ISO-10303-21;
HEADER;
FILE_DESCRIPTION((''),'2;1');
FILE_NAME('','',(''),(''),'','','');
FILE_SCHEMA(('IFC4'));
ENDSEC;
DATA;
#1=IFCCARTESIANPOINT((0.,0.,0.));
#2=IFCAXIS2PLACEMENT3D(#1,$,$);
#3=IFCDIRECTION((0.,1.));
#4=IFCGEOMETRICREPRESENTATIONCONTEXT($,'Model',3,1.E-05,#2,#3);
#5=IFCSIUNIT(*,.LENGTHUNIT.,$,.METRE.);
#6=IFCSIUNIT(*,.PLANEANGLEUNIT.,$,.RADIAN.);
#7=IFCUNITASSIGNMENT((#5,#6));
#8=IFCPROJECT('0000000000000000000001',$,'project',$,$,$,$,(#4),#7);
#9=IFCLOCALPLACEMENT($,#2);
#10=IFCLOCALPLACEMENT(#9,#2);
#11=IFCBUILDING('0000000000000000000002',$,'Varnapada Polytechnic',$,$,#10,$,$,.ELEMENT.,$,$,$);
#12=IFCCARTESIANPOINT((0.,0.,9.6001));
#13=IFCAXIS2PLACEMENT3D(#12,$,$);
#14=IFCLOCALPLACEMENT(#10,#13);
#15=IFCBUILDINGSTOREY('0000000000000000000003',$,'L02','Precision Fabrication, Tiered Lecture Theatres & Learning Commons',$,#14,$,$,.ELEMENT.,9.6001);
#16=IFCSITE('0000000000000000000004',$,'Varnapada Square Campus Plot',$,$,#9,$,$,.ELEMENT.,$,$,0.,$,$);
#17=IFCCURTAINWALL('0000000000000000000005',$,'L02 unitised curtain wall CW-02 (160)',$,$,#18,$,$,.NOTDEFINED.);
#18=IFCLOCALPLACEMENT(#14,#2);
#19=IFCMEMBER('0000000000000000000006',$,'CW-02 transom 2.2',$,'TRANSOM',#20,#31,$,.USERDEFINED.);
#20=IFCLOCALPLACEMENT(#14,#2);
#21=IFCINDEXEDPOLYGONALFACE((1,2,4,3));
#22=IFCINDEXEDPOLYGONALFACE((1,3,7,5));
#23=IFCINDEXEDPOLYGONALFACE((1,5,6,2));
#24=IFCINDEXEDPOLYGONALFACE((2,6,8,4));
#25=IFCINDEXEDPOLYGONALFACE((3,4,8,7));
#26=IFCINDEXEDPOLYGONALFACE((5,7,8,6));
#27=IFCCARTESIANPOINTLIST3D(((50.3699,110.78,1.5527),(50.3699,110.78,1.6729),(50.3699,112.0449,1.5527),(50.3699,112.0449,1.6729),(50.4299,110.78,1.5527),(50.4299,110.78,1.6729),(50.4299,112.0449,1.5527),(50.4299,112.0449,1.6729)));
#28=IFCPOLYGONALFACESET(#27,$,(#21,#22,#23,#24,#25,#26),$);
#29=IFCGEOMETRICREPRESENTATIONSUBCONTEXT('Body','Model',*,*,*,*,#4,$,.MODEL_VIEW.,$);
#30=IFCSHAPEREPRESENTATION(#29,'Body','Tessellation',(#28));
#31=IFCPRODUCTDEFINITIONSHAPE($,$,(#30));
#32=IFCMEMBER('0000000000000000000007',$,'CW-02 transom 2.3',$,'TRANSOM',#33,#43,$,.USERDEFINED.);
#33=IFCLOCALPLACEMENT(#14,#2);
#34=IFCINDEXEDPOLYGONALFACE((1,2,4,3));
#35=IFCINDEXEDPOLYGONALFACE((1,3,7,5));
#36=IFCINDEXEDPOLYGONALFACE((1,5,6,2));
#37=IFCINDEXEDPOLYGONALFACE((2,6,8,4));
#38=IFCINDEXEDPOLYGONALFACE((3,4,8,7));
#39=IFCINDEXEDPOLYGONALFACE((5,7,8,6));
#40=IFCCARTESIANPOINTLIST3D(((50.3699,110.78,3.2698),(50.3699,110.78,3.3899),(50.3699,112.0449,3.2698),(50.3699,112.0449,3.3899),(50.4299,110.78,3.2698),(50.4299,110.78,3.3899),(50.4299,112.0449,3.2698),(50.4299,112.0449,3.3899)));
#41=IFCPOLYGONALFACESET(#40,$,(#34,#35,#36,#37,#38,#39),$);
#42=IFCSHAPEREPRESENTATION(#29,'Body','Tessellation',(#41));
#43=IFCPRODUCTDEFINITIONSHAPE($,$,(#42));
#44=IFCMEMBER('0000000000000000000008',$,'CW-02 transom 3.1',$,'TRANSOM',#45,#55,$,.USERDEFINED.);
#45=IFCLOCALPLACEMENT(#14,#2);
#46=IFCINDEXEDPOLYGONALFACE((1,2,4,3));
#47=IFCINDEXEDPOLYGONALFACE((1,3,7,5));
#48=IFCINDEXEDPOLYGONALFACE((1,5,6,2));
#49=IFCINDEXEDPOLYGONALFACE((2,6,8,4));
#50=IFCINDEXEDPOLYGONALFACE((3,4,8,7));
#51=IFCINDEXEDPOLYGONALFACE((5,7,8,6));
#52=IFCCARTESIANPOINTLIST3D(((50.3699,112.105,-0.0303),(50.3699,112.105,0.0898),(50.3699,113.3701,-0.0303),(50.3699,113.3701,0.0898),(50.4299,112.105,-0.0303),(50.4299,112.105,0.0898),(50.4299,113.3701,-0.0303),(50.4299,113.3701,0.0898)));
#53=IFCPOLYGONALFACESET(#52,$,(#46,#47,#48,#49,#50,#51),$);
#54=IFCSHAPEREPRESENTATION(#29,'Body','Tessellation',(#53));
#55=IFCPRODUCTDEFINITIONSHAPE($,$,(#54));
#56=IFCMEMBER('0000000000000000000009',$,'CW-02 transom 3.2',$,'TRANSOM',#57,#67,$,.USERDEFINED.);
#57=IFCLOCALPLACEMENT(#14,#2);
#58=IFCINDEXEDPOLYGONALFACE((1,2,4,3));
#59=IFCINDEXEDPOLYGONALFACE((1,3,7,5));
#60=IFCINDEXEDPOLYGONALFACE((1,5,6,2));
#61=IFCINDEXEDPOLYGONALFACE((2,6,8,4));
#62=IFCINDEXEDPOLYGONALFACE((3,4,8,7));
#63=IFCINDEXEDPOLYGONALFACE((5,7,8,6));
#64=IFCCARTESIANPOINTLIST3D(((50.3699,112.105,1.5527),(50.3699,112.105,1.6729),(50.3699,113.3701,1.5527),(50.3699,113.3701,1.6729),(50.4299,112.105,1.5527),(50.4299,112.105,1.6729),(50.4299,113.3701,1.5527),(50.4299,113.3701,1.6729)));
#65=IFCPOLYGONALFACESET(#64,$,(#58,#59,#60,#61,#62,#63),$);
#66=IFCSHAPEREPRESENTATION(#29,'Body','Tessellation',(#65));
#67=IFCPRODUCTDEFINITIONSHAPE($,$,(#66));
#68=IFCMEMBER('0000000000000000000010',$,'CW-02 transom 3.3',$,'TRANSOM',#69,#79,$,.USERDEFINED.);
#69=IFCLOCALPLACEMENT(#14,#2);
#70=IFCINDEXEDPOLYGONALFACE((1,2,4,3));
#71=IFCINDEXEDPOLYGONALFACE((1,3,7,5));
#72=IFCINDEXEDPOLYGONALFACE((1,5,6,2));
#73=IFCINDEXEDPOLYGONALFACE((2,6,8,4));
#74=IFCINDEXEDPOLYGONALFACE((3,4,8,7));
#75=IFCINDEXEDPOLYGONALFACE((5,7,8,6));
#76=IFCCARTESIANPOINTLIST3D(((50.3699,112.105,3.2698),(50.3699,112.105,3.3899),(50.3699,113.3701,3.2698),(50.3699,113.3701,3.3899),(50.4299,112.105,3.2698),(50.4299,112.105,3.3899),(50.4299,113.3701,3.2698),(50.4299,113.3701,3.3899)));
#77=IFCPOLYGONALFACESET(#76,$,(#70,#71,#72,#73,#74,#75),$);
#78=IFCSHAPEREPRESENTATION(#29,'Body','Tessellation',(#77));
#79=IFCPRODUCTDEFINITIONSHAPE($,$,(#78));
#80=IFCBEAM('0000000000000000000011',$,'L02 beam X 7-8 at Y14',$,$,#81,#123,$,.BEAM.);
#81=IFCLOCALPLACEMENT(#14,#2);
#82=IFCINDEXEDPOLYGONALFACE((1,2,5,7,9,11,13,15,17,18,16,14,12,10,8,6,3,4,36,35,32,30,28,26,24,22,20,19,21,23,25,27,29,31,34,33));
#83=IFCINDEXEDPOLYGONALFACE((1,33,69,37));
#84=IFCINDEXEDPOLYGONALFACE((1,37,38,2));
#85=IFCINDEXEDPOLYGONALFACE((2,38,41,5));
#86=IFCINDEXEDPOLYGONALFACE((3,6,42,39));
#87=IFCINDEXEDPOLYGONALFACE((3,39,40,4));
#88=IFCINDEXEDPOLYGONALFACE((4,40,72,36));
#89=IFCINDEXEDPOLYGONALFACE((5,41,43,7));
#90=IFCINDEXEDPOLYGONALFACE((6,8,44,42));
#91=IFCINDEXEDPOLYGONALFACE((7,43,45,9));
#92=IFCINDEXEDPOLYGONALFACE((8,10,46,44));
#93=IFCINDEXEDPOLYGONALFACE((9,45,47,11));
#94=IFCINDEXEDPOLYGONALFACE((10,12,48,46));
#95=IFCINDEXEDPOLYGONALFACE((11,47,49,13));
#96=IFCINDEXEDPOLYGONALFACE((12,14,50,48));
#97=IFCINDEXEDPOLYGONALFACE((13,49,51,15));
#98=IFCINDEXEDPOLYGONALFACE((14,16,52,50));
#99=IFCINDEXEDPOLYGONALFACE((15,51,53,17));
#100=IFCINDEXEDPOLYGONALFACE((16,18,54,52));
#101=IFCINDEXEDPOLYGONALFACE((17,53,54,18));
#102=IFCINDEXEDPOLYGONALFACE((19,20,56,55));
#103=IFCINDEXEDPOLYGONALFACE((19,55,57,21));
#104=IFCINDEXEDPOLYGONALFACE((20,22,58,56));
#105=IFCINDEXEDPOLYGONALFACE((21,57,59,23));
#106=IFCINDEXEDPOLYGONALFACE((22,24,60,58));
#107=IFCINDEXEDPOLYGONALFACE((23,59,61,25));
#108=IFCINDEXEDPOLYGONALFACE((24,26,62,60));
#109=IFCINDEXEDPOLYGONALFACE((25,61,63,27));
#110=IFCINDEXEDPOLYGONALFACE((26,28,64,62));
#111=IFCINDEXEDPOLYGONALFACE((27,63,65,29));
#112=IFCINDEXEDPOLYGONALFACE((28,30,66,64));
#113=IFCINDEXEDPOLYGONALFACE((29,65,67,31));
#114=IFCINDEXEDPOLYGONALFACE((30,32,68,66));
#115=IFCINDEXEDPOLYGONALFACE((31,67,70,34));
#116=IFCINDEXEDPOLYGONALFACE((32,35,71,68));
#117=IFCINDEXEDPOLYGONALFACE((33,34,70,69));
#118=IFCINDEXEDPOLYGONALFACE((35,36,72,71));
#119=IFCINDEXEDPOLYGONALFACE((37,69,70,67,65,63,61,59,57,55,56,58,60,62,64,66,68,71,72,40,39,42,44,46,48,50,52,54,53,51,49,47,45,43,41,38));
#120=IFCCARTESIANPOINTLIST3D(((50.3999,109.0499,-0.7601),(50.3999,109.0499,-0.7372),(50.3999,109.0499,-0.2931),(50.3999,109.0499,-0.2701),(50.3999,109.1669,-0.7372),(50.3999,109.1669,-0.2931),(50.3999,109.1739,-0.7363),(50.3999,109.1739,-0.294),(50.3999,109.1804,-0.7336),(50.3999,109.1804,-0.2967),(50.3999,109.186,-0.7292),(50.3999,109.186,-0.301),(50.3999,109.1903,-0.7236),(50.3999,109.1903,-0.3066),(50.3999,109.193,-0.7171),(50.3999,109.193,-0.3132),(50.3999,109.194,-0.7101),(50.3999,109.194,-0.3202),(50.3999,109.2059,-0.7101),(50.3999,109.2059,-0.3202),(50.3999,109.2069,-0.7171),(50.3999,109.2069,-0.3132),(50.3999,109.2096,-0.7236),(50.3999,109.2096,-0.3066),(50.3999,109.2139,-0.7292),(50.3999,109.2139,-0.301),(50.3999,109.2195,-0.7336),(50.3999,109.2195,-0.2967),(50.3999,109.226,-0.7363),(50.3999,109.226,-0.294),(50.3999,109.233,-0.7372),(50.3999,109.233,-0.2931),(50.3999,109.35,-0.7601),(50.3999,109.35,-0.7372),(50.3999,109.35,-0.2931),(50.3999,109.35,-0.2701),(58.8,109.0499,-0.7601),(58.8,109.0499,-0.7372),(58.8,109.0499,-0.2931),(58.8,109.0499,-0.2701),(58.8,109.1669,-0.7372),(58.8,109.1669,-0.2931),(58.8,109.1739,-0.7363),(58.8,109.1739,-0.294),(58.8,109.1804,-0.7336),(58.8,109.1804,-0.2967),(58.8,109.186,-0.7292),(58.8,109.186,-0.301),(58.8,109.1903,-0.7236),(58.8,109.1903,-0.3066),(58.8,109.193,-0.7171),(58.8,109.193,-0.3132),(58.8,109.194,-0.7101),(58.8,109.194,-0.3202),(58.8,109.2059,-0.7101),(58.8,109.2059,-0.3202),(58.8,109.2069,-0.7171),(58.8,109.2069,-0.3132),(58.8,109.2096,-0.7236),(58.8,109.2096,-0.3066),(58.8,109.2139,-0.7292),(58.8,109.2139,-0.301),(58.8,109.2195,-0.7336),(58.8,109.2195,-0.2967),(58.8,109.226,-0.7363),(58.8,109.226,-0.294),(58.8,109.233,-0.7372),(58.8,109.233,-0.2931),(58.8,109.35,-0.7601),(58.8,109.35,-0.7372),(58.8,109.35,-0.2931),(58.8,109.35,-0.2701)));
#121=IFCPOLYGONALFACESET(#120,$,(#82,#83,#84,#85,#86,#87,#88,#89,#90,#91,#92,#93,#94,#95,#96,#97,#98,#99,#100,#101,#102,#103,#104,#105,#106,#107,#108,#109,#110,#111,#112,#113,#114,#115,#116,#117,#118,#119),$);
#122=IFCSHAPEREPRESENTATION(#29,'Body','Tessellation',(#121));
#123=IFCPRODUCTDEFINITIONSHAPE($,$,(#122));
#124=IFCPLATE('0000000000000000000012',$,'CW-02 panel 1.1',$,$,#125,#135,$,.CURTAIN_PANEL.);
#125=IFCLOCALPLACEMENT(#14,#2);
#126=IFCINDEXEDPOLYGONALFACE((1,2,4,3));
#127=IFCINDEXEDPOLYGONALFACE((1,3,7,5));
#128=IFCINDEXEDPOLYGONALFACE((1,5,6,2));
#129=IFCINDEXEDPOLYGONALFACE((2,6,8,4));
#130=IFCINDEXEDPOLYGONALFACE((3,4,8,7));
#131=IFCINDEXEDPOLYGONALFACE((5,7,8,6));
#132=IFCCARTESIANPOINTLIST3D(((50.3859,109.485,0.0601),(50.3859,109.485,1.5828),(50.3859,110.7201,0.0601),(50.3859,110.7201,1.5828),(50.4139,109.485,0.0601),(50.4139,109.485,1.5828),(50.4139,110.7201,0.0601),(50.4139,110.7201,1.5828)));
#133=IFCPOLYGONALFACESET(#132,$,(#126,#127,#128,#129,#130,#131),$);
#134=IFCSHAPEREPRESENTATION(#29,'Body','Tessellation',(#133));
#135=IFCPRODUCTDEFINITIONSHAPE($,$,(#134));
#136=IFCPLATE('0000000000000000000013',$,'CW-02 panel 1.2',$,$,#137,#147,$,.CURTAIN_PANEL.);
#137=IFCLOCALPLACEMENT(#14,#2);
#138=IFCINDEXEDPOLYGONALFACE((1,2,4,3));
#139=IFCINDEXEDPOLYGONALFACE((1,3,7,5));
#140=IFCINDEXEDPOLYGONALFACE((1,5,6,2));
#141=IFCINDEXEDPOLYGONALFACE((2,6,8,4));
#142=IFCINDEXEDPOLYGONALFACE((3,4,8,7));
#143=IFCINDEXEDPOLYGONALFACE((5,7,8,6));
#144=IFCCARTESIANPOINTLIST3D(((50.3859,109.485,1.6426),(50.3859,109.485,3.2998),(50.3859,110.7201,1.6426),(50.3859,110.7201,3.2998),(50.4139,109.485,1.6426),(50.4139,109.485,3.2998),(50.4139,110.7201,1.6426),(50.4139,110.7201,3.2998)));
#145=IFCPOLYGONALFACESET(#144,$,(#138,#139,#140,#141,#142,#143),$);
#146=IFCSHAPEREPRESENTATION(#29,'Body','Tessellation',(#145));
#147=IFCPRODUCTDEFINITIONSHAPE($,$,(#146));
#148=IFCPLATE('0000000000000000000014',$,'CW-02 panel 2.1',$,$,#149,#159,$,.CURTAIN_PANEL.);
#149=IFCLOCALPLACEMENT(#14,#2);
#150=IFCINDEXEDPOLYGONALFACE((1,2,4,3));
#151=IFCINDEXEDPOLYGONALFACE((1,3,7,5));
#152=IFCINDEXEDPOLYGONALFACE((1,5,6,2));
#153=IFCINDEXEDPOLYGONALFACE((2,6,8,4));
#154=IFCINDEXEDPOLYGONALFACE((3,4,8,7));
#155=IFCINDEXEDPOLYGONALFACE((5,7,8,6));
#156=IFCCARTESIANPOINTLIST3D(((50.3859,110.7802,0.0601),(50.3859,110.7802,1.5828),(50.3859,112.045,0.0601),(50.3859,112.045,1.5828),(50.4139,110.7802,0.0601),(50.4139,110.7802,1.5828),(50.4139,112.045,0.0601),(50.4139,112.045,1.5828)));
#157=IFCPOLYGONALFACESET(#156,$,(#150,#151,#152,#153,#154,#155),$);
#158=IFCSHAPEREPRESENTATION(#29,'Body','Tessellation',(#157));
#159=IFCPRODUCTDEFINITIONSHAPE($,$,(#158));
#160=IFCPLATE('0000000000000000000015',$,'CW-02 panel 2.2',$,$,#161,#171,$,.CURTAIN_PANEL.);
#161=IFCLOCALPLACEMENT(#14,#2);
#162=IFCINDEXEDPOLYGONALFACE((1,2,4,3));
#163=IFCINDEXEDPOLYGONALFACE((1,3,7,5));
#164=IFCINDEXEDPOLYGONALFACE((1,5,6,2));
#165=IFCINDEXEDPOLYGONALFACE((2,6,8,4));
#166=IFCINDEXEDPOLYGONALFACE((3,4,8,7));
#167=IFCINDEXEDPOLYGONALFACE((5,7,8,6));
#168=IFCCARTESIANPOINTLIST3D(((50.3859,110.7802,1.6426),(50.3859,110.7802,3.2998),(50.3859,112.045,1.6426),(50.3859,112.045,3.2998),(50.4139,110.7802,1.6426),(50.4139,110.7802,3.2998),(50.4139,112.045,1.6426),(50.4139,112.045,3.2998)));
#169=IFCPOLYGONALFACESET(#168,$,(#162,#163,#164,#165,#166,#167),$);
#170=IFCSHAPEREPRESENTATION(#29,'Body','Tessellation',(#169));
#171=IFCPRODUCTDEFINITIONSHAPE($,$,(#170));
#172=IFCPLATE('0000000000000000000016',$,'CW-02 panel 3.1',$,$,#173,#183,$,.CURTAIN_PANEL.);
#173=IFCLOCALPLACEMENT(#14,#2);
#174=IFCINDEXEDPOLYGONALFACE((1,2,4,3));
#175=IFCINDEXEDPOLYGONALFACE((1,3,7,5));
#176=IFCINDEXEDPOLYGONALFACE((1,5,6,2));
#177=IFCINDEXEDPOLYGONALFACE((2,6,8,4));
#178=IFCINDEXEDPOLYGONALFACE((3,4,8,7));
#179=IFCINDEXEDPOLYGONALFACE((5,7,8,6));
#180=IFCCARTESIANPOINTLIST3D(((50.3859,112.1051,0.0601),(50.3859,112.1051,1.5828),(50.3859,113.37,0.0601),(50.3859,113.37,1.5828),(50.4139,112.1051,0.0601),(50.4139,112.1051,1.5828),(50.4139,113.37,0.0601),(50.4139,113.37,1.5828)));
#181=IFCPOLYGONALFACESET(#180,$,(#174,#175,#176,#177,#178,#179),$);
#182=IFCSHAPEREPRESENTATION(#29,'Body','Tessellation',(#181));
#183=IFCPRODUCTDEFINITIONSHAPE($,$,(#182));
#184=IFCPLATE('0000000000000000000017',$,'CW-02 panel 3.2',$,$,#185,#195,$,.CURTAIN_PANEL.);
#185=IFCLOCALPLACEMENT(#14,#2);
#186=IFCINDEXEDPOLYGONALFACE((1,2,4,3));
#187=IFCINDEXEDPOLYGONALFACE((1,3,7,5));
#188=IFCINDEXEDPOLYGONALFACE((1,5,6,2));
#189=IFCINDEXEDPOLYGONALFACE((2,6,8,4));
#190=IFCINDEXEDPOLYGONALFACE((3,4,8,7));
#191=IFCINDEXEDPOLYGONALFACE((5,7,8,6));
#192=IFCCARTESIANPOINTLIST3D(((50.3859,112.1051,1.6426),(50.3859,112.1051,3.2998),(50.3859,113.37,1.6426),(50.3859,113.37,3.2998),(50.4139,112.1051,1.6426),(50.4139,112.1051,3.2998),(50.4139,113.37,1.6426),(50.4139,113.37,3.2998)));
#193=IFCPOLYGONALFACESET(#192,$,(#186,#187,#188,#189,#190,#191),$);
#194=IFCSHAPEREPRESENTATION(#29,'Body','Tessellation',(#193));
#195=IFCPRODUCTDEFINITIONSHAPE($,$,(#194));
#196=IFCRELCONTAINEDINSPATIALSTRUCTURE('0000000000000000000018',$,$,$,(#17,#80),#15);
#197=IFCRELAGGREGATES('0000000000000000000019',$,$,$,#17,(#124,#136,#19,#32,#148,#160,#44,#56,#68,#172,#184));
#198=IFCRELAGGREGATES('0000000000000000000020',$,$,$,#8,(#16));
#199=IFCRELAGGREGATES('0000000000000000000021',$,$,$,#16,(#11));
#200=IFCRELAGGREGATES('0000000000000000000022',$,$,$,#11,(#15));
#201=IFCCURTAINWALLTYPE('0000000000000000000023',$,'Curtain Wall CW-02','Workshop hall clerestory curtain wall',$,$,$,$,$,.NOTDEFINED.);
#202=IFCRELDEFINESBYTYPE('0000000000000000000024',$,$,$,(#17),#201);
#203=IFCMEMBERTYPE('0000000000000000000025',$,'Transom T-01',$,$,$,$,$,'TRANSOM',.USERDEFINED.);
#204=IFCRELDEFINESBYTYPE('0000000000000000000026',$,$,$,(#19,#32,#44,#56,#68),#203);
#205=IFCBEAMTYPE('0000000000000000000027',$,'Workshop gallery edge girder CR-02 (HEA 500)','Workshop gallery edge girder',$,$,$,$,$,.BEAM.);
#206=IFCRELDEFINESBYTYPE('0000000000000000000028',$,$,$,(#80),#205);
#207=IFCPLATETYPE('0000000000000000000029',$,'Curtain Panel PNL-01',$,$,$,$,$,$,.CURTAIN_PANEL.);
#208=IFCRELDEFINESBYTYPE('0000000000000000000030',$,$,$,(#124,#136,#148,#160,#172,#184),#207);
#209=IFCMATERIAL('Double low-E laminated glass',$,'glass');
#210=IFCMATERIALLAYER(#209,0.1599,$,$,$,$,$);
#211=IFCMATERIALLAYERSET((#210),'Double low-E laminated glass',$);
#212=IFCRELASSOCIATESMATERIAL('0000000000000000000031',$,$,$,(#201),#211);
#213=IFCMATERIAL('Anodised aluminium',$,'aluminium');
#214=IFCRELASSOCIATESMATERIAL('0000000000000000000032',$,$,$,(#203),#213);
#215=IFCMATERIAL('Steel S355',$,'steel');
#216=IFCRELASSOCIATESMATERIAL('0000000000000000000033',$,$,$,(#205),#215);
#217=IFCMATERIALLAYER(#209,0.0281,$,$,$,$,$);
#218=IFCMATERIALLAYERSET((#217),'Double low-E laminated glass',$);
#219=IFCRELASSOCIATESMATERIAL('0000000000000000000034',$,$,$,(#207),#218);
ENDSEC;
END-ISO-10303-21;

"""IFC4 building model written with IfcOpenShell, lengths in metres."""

from ifc_helpers import new_model, si_unit, direction, frame, origin, origin_2d, place, context, subcontext, project, spatial, rectangle, i_section, extrude, material, layer, layer_set, material_profile, profile_set, type_object, element, aggregate, save


model = new_model("IFC4")

# Units and contexts
model_context = context("Model", 3, precision=1e-05, world=origin(), true_north=direction((0.0, 1.0)))
body_context = subcontext(model_context, "Body", "Model", "MODEL_VIEW")
ifc_project = project(units=[si_unit("LENGTHUNIT", "METRE"), si_unit("PLANEANGLEUNIT", "RADIAN")], contexts=[model_context])

# Site, building, storey
site_placement = place(None, origin())
site = spatial("IfcSite", under=ifc_project, at=site_placement, Name="Varnapada Square Campus Plot", CompositionType="ELEMENT", RefElevation=0.0)
building_placement = place(site_placement, origin())
building = spatial("IfcBuilding", under=site, at=building_placement, Name="Varnapada Polytechnic", CompositionType="ELEMENT")
storey_placement = place(building_placement, frame((0.0, 0.0, 9.6001)))
storey = spatial("IfcBuildingStorey", under=building, at=storey_placement, Name="L02", Description="Precision Fabrication, Tiered Lecture Theatres & Learning Commons", CompositionType="ELEMENT", Elevation=9.6001)

# Shared definitions
ifc_material_1 = material(Name="Steel S355", Category="steel")

# Curtain wall
ifc_material_2 = material(Name="Double low-E laminated glass", Category="glass")
ifc_layer_1 = layer(ifc_material_2, 0.1599)
ifc_layer_set_1 = layer_set([ifc_layer_1], Name="Double low-E laminated glass")
curtain_wall_type = type_object("IfcCurtainWallType", Name="Curtain Wall CW-02", Description="Workshop hall clerestory curtain wall", PredefinedType="NOTDEFINED", material=ifc_layer_set_1)
curtain_wall_placement = place(storey_placement, origin())
curtain_wall = element("IfcCurtainWall", 1, at=curtain_wall_placement, inside=storey, type_object=curtain_wall_type, Name="L02 unitised curtain wall CW-02 (160)", PredefinedType="NOTDEFINED")
ifc_material_3 = material(Name="Anodised aluminium", Category="aluminium")

# Members
ifc_material_profile_1 = material_profile(ifc_material_3, rectangle(XDim=0.0601, YDim=0.1201, at=origin_2d()), Name="ALU T60x120")
ifc_profile_set_1 = profile_set([ifc_material_profile_1], Name="Anodised aluminium")
member_type_1 = type_object("IfcMemberType", Name="Transom T-01", ElementType="TRANSOM", PredefinedType="USERDEFINED", material=ifc_profile_set_1)
member_1_placement = place(storey_placement, frame((50.3999, 110.78, 1.6128), z_axis=(0.0, 1.0, 0.0), x_axis=(-1.0, 0.0, 0.0)))
member_1 = element("IfcMember", 2, at=member_1_placement, type_object=member_type_1, Name="CW-02 transom 2.2", ObjectType="TRANSOM", PredefinedType="USERDEFINED", context=body_context, shape_type="SweptSolid", body=[
    extrude(rectangle(XDim=0.0601, YDim=0.1201, at=origin_2d()), origin(), (0.0, 0.0, 1.0), 1.2649),
])
member_2_placement = place(storey_placement, frame((50.3999, 110.78, 3.3298), z_axis=(0.0, 1.0, 0.0), x_axis=(-1.0, 0.0, 0.0)))
member_2 = element("IfcMember", 3, at=member_2_placement, type_object=member_type_1, Name="CW-02 transom 2.3", ObjectType="TRANSOM", PredefinedType="USERDEFINED", context=body_context, shape_type="SweptSolid", body=[
    extrude(rectangle(XDim=0.0601, YDim=0.1201, at=origin_2d()), origin(), (0.0, 0.0, 1.0), 1.2649),
])
member_3_placement = place(storey_placement, frame((50.3999, 112.105, 0.0298), z_axis=(0.0, 1.0, 0.0), x_axis=(-1.0, 0.0, 0.0)))
member_3 = element("IfcMember", 4, at=member_3_placement, type_object=member_type_1, Name="CW-02 transom 3.1", ObjectType="TRANSOM", PredefinedType="USERDEFINED", context=body_context, shape_type="SweptSolid", body=[
    extrude(rectangle(XDim=0.0601, YDim=0.1201, at=origin_2d()), origin(), (0.0, 0.0, 1.0), 1.2651),
])
member_4_placement = place(storey_placement, frame((50.3999, 112.105, 1.6128), z_axis=(0.0, 1.0, 0.0), x_axis=(-1.0, 0.0, 0.0)))
member_4 = element("IfcMember", 5, at=member_4_placement, type_object=member_type_1, Name="CW-02 transom 3.2", ObjectType="TRANSOM", PredefinedType="USERDEFINED", context=body_context, shape_type="SweptSolid", body=[
    extrude(rectangle(XDim=0.0601, YDim=0.1201, at=origin_2d()), origin(), (0.0, 0.0, 1.0), 1.2651),
])
member_5_placement = place(storey_placement, frame((50.3999, 112.105, 3.3298), z_axis=(0.0, 1.0, 0.0), x_axis=(-1.0, 0.0, 0.0)))
member_5 = element("IfcMember", 6, at=member_5_placement, type_object=member_type_1, Name="CW-02 transom 3.3", ObjectType="TRANSOM", PredefinedType="USERDEFINED", context=body_context, shape_type="SweptSolid", body=[
    extrude(rectangle(XDim=0.0601, YDim=0.1201, at=origin_2d()), origin(), (0.0, 0.0, 1.0), 1.2651),
])

# Beam
ifc_material_profile_2 = material_profile(ifc_material_1, i_section(OverallWidth=0.3, OverallDepth=0.49, WebThickness=0.012, FlangeThickness=0.0229, FilletRadius=0.0271, at=origin_2d()), Name="HEA 500")
ifc_profile_set_2 = profile_set([ifc_material_profile_2], Name="Steel S355")
beam_type_1 = type_object("IfcBeamType", Name="Workshop gallery edge girder CR-02 (HEA 500)", Description="Workshop gallery edge girder", PredefinedType="BEAM", material=ifc_profile_set_2)
beam_1_placement = place(storey_placement, frame((50.3999, 109.2, -0.5151), z_axis=(1.0, 0.0, 0.0), x_axis=(0.0, 1.0, 0.0)))
element("IfcBeam", 7, at=beam_1_placement, inside=storey, type_object=beam_type_1, Name="L02 beam X 7-8 at Y14", PredefinedType="BEAM", context=body_context, shape_type="SweptSolid", body=[
    extrude(i_section(OverallWidth=0.3, OverallDepth=0.49, WebThickness=0.012, FlangeThickness=0.0229, FilletRadius=0.0271, at=origin_2d()), origin(), (0.0, 0.0, 1.0), 8.4001),
])

# Plates
ifc_layer_2 = layer(ifc_material_2, 0.0281)
ifc_layer_set_2 = layer_set([ifc_layer_2], Name="Double low-E laminated glass")
plate_type = type_object("IfcPlateType", Name="Curtain Panel PNL-01", PredefinedType="CURTAIN_PANEL", material=ifc_layer_set_2)
plate_1_placement = place(storey_placement, frame((50.3999, 110.1025, 0.0601), z_axis=(0.0, 0.0, 1.0), x_axis=(0.0, 1.0, 0.0)))
plate_1 = element("IfcPlate", 8, at=plate_1_placement, type_object=plate_type, Name="CW-02 panel 1.1", PredefinedType="CURTAIN_PANEL", context=body_context, shape_type="SweptSolid", body=[
    extrude(rectangle(XDim=1.2351, YDim=0.0281, at=origin_2d()), origin(), (0.0, 0.0, 1.0), 1.5227),
])
plate_2_placement = place(storey_placement, frame((50.3999, 110.1025, 1.6426), z_axis=(0.0, 0.0, 1.0), x_axis=(0.0, 1.0, 0.0)))
plate_2 = element("IfcPlate", 9, at=plate_2_placement, type_object=plate_type, Name="CW-02 panel 1.2", PredefinedType="CURTAIN_PANEL", context=body_context, shape_type="SweptSolid", body=[
    extrude(rectangle(XDim=1.2351, YDim=0.0281, at=origin_2d()), origin(), (0.0, 0.0, 1.0), 1.6572),
])
plate_3_placement = place(storey_placement, frame((50.3999, 111.4126, 0.0601), z_axis=(0.0, 0.0, 1.0), x_axis=(0.0, 1.0, 0.0)))
plate_3 = element("IfcPlate", 10, at=plate_3_placement, type_object=plate_type, Name="CW-02 panel 2.1", PredefinedType="CURTAIN_PANEL", context=body_context, shape_type="SweptSolid", body=[
    extrude(rectangle(XDim=1.2649, YDim=0.0281, at=origin_2d()), origin(), (0.0, 0.0, 1.0), 1.5227),
])
plate_4_placement = place(storey_placement, frame((50.3999, 111.4126, 1.6426), z_axis=(0.0, 0.0, 1.0), x_axis=(0.0, 1.0, 0.0)))
plate_4 = element("IfcPlate", 11, at=plate_4_placement, type_object=plate_type, Name="CW-02 panel 2.2", PredefinedType="CURTAIN_PANEL", context=body_context, shape_type="SweptSolid", body=[
    extrude(rectangle(XDim=1.2649, YDim=0.0281, at=origin_2d()), origin(), (0.0, 0.0, 1.0), 1.6572),
])
plate_5_placement = place(storey_placement, frame((50.3999, 112.7375, 0.0601), z_axis=(0.0, 0.0, 1.0), x_axis=(0.0, 1.0, 0.0)))
plate_5 = element("IfcPlate", 12, at=plate_5_placement, type_object=plate_type, Name="CW-02 panel 3.1", PredefinedType="CURTAIN_PANEL", context=body_context, shape_type="SweptSolid", body=[
    extrude(rectangle(XDim=1.2649, YDim=0.0281, at=origin_2d()), origin(), (0.0, 0.0, 1.0), 1.5227),
])
plate_6_placement = place(storey_placement, frame((50.3999, 112.7375, 1.6426), z_axis=(0.0, 0.0, 1.0), x_axis=(0.0, 1.0, 0.0)))
plate_6 = element("IfcPlate", 13, at=plate_6_placement, type_object=plate_type, Name="CW-02 panel 3.2", PredefinedType="CURTAIN_PANEL", context=body_context, shape_type="SweptSolid", body=[
    extrude(rectangle(XDim=1.2649, YDim=0.0281, at=origin_2d()), origin(), (0.0, 0.0, 1.0), 1.6572),
])
aggregate(curtain_wall, [plate_1, plate_2, member_1, member_2, plate_3, plate_4, member_3, member_4, member_5, plate_5, plate_6])

save(model, "model.ifc")
